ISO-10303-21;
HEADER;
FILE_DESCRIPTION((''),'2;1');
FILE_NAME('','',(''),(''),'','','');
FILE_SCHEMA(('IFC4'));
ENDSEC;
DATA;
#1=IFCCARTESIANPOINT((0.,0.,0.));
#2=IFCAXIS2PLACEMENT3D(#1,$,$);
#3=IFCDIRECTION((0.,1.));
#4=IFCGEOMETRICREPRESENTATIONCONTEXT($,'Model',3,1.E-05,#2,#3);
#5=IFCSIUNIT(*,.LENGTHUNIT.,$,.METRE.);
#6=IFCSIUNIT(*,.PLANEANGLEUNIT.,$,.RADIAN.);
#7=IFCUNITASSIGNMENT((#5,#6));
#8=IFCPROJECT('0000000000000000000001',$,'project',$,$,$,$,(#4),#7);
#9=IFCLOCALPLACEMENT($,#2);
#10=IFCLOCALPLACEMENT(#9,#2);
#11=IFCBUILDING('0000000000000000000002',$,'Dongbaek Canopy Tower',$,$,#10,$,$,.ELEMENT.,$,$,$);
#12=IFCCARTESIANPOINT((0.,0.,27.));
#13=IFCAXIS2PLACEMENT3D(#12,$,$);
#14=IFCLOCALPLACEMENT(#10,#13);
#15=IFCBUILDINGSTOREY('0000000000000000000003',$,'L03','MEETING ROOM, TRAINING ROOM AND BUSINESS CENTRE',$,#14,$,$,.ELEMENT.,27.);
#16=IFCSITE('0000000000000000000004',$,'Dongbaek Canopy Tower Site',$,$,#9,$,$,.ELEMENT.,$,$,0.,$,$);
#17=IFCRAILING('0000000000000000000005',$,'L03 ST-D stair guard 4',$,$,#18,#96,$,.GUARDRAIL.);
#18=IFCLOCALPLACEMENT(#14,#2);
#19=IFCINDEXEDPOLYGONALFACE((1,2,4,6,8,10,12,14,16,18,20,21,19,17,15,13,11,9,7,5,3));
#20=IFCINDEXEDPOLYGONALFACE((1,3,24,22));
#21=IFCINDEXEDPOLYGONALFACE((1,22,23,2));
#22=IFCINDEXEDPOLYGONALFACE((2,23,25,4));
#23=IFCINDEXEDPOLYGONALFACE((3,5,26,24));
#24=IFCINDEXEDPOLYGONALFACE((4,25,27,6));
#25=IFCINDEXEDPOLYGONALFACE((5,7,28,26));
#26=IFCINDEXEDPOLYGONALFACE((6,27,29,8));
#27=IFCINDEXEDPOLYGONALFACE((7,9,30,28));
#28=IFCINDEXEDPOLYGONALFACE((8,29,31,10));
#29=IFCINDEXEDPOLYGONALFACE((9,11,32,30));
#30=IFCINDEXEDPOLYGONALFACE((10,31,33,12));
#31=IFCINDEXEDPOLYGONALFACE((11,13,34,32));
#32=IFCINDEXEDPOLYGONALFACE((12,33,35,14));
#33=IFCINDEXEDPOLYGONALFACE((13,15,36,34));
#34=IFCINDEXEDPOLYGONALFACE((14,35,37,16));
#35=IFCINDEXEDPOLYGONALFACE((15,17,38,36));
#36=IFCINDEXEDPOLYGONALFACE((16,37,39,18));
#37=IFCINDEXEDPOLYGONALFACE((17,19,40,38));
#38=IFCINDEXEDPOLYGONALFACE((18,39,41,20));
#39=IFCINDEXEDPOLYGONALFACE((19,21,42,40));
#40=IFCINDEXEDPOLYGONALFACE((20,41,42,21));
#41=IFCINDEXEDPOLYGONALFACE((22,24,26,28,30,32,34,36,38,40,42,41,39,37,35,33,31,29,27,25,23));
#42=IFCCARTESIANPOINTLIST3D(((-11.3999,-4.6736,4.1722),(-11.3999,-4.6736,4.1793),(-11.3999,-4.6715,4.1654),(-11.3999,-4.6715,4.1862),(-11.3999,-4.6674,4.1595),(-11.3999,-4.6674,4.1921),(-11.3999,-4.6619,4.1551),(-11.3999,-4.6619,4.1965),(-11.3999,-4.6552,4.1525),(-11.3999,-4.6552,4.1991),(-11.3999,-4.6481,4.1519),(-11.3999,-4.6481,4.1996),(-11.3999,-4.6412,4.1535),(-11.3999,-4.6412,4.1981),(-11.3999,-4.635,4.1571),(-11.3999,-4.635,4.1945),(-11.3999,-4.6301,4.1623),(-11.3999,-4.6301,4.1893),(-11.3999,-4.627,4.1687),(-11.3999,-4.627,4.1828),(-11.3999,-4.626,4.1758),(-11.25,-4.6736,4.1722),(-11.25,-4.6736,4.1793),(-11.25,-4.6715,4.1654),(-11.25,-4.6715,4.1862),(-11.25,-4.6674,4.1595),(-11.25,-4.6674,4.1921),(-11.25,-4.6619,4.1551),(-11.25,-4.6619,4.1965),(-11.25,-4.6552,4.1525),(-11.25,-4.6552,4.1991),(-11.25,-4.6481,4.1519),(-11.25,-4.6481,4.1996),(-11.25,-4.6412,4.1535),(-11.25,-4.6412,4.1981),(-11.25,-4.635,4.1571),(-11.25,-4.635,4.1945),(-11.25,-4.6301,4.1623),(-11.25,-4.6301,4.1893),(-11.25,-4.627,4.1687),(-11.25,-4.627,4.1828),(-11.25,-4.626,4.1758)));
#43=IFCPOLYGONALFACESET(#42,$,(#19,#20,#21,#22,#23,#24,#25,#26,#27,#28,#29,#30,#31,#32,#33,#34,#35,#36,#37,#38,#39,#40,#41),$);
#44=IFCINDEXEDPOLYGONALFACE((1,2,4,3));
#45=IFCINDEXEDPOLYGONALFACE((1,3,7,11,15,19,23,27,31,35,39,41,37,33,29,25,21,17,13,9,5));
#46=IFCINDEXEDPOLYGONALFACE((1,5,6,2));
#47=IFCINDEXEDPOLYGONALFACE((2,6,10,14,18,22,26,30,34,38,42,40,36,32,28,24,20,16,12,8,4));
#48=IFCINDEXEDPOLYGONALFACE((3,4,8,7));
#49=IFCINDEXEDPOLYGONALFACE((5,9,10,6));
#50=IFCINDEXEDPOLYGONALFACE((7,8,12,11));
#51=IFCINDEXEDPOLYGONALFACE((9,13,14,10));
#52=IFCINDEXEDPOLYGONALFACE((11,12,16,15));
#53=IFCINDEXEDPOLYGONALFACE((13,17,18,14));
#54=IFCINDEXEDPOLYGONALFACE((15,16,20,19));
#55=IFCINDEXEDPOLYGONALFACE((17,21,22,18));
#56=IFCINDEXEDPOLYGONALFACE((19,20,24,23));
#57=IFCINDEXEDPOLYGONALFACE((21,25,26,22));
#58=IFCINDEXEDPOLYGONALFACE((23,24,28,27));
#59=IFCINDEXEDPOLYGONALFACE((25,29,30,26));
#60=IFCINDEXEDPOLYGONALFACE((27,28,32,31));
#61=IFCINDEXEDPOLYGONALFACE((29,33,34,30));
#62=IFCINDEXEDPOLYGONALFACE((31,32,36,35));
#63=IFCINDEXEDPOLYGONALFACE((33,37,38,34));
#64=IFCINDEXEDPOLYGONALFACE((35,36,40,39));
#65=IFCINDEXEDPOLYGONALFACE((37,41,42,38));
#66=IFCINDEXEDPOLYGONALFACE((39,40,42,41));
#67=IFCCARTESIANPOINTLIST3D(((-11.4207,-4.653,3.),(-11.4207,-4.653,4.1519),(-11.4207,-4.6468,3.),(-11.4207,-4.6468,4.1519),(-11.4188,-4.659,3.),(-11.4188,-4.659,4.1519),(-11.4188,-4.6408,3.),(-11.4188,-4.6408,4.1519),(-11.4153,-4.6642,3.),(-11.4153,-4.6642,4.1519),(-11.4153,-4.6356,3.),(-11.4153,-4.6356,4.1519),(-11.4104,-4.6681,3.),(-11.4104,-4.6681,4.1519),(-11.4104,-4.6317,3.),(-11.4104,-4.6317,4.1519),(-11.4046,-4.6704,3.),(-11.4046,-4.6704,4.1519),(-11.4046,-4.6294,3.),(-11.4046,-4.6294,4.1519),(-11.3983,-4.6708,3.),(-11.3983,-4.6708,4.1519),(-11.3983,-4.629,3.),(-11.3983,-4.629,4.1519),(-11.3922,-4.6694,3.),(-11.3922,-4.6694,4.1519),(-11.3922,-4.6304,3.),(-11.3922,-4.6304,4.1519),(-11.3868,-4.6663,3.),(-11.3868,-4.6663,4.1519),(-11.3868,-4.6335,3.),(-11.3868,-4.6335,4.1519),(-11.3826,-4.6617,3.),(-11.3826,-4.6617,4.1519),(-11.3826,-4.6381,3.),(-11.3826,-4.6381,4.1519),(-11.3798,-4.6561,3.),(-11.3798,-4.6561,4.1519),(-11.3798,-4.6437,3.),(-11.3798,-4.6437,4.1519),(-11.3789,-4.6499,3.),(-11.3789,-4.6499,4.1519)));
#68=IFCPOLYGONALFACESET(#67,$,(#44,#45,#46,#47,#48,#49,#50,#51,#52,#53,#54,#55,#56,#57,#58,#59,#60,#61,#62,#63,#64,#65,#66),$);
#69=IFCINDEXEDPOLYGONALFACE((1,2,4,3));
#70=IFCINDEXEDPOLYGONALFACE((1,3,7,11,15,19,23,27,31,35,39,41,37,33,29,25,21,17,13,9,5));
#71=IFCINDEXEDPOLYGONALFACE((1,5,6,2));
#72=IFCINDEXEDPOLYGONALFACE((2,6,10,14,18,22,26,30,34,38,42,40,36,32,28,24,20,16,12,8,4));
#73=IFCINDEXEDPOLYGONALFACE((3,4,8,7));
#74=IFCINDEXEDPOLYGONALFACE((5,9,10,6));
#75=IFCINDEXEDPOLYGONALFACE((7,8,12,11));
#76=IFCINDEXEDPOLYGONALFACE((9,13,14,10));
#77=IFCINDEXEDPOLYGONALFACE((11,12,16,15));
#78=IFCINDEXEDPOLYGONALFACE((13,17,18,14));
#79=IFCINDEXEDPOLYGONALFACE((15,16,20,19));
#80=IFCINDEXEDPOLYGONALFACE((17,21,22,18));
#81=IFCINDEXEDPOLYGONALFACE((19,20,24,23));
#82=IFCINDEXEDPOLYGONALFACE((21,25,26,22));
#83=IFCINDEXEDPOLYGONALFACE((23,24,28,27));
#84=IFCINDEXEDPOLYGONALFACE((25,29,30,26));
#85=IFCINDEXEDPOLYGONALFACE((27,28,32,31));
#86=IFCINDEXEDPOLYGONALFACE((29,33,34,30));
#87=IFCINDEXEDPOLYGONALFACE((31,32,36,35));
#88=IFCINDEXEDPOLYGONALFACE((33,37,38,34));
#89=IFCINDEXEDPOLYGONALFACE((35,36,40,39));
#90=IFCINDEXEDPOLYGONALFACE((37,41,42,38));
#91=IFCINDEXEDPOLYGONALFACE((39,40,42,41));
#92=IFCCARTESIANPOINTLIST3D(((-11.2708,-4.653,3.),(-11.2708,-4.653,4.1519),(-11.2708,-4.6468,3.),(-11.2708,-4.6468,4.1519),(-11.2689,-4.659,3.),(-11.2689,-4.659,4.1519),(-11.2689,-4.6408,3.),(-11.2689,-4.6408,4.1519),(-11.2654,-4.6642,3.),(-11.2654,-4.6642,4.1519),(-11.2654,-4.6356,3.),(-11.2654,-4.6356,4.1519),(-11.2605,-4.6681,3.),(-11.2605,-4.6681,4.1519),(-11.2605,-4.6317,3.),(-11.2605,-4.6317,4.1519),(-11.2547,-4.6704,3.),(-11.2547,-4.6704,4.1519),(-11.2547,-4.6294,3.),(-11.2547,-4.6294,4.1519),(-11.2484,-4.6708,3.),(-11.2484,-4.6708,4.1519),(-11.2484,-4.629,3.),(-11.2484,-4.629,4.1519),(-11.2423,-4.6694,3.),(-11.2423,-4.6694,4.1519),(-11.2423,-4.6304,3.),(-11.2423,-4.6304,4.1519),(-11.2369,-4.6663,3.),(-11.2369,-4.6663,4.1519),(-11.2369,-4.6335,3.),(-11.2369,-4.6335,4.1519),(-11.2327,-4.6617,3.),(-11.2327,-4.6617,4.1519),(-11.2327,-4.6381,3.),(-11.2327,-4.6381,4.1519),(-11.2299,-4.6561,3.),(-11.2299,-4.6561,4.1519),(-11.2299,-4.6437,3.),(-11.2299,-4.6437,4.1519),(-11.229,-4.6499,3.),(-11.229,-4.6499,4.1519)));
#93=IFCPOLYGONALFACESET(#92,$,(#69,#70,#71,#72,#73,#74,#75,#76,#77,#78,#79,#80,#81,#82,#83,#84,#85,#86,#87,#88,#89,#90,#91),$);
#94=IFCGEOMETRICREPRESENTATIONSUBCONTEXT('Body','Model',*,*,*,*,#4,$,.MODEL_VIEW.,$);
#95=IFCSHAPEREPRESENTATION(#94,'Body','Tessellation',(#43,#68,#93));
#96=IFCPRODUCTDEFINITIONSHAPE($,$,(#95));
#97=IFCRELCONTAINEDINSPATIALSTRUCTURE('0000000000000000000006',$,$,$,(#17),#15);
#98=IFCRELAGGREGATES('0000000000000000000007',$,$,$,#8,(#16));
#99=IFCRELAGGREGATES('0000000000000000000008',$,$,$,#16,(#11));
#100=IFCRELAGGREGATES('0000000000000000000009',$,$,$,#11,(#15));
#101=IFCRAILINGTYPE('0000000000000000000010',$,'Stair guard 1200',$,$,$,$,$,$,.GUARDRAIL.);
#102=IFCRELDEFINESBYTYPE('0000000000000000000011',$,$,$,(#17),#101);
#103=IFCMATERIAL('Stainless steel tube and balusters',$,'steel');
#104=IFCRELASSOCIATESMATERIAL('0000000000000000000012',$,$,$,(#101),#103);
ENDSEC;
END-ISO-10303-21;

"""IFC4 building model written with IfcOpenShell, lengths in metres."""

from ifc_helpers import new_model, si_unit, direction, frame, origin, origin_2d, place, context, subcontext, project, spatial, circle, extrude, material, type_object, element, save


model = new_model("IFC4")

# Units and contexts
model_context = context("Model", 3, precision=1e-05, world=origin(), true_north=direction((0.0, 1.0)))
body_context = subcontext(model_context, "Body", "Model", "MODEL_VIEW")
ifc_project = project(units=[si_unit("LENGTHUNIT", "METRE"), si_unit("PLANEANGLEUNIT", "RADIAN")], contexts=[model_context])

# Site, building, storey
site_placement = place(None, origin())
site = spatial("IfcSite", under=ifc_project, at=site_placement, Name="Dongbaek Canopy Tower Site", CompositionType="ELEMENT", RefElevation=0.0)
building_placement = place(site_placement, origin())
building = spatial("IfcBuilding", under=site, at=building_placement, Name="Dongbaek Canopy Tower", CompositionType="ELEMENT")
storey_placement = place(building_placement, frame((0.0, 0.0, 27.0)))
storey = spatial("IfcBuildingStorey", under=building, at=storey_placement, Name="L03", Description="MEETING ROOM, TRAINING ROOM AND BUSINESS CENTRE", CompositionType="ELEMENT", Elevation=27.0)

# Railing
ifc_material_1 = material(Name="Stainless steel tube and balusters", Category="steel")
railing_type_1 = type_object("IfcRailingType", Name="Stair guard 1200", PredefinedType="GUARDRAIL", material=ifc_material_1)
railing_1_placement = place(storey_placement, frame((-11.3999, -4.6499, 3.0)))
element("IfcRailing", 1, at=railing_1_placement, inside=storey, type_object=railing_type_1, Name="L03 ST-D stair guard 4", PredefinedType="GUARDRAIL", context=body_context, shape_type="SweptSolid", body=[
    extrude(circle(Radius=0.0239, at=origin_2d()), frame((0.0, 0.0, 1.1758), z_axis=(1.0, 0.0, 0.0), x_axis=(0.0, 1.0, 0.0)), (0.0, 0.0, 1.0), 0.1499),
    extrude(circle(Radius=0.021, at=origin_2d()), origin(), (0.0, 0.0, 1.0), 1.1519),
    extrude(circle(Radius=0.021, at=origin_2d()), frame((0.1499, 0.0, 0.0)), (0.0, 0.0, 1.0), 1.1519),
])

save(model, "model.ifc")
